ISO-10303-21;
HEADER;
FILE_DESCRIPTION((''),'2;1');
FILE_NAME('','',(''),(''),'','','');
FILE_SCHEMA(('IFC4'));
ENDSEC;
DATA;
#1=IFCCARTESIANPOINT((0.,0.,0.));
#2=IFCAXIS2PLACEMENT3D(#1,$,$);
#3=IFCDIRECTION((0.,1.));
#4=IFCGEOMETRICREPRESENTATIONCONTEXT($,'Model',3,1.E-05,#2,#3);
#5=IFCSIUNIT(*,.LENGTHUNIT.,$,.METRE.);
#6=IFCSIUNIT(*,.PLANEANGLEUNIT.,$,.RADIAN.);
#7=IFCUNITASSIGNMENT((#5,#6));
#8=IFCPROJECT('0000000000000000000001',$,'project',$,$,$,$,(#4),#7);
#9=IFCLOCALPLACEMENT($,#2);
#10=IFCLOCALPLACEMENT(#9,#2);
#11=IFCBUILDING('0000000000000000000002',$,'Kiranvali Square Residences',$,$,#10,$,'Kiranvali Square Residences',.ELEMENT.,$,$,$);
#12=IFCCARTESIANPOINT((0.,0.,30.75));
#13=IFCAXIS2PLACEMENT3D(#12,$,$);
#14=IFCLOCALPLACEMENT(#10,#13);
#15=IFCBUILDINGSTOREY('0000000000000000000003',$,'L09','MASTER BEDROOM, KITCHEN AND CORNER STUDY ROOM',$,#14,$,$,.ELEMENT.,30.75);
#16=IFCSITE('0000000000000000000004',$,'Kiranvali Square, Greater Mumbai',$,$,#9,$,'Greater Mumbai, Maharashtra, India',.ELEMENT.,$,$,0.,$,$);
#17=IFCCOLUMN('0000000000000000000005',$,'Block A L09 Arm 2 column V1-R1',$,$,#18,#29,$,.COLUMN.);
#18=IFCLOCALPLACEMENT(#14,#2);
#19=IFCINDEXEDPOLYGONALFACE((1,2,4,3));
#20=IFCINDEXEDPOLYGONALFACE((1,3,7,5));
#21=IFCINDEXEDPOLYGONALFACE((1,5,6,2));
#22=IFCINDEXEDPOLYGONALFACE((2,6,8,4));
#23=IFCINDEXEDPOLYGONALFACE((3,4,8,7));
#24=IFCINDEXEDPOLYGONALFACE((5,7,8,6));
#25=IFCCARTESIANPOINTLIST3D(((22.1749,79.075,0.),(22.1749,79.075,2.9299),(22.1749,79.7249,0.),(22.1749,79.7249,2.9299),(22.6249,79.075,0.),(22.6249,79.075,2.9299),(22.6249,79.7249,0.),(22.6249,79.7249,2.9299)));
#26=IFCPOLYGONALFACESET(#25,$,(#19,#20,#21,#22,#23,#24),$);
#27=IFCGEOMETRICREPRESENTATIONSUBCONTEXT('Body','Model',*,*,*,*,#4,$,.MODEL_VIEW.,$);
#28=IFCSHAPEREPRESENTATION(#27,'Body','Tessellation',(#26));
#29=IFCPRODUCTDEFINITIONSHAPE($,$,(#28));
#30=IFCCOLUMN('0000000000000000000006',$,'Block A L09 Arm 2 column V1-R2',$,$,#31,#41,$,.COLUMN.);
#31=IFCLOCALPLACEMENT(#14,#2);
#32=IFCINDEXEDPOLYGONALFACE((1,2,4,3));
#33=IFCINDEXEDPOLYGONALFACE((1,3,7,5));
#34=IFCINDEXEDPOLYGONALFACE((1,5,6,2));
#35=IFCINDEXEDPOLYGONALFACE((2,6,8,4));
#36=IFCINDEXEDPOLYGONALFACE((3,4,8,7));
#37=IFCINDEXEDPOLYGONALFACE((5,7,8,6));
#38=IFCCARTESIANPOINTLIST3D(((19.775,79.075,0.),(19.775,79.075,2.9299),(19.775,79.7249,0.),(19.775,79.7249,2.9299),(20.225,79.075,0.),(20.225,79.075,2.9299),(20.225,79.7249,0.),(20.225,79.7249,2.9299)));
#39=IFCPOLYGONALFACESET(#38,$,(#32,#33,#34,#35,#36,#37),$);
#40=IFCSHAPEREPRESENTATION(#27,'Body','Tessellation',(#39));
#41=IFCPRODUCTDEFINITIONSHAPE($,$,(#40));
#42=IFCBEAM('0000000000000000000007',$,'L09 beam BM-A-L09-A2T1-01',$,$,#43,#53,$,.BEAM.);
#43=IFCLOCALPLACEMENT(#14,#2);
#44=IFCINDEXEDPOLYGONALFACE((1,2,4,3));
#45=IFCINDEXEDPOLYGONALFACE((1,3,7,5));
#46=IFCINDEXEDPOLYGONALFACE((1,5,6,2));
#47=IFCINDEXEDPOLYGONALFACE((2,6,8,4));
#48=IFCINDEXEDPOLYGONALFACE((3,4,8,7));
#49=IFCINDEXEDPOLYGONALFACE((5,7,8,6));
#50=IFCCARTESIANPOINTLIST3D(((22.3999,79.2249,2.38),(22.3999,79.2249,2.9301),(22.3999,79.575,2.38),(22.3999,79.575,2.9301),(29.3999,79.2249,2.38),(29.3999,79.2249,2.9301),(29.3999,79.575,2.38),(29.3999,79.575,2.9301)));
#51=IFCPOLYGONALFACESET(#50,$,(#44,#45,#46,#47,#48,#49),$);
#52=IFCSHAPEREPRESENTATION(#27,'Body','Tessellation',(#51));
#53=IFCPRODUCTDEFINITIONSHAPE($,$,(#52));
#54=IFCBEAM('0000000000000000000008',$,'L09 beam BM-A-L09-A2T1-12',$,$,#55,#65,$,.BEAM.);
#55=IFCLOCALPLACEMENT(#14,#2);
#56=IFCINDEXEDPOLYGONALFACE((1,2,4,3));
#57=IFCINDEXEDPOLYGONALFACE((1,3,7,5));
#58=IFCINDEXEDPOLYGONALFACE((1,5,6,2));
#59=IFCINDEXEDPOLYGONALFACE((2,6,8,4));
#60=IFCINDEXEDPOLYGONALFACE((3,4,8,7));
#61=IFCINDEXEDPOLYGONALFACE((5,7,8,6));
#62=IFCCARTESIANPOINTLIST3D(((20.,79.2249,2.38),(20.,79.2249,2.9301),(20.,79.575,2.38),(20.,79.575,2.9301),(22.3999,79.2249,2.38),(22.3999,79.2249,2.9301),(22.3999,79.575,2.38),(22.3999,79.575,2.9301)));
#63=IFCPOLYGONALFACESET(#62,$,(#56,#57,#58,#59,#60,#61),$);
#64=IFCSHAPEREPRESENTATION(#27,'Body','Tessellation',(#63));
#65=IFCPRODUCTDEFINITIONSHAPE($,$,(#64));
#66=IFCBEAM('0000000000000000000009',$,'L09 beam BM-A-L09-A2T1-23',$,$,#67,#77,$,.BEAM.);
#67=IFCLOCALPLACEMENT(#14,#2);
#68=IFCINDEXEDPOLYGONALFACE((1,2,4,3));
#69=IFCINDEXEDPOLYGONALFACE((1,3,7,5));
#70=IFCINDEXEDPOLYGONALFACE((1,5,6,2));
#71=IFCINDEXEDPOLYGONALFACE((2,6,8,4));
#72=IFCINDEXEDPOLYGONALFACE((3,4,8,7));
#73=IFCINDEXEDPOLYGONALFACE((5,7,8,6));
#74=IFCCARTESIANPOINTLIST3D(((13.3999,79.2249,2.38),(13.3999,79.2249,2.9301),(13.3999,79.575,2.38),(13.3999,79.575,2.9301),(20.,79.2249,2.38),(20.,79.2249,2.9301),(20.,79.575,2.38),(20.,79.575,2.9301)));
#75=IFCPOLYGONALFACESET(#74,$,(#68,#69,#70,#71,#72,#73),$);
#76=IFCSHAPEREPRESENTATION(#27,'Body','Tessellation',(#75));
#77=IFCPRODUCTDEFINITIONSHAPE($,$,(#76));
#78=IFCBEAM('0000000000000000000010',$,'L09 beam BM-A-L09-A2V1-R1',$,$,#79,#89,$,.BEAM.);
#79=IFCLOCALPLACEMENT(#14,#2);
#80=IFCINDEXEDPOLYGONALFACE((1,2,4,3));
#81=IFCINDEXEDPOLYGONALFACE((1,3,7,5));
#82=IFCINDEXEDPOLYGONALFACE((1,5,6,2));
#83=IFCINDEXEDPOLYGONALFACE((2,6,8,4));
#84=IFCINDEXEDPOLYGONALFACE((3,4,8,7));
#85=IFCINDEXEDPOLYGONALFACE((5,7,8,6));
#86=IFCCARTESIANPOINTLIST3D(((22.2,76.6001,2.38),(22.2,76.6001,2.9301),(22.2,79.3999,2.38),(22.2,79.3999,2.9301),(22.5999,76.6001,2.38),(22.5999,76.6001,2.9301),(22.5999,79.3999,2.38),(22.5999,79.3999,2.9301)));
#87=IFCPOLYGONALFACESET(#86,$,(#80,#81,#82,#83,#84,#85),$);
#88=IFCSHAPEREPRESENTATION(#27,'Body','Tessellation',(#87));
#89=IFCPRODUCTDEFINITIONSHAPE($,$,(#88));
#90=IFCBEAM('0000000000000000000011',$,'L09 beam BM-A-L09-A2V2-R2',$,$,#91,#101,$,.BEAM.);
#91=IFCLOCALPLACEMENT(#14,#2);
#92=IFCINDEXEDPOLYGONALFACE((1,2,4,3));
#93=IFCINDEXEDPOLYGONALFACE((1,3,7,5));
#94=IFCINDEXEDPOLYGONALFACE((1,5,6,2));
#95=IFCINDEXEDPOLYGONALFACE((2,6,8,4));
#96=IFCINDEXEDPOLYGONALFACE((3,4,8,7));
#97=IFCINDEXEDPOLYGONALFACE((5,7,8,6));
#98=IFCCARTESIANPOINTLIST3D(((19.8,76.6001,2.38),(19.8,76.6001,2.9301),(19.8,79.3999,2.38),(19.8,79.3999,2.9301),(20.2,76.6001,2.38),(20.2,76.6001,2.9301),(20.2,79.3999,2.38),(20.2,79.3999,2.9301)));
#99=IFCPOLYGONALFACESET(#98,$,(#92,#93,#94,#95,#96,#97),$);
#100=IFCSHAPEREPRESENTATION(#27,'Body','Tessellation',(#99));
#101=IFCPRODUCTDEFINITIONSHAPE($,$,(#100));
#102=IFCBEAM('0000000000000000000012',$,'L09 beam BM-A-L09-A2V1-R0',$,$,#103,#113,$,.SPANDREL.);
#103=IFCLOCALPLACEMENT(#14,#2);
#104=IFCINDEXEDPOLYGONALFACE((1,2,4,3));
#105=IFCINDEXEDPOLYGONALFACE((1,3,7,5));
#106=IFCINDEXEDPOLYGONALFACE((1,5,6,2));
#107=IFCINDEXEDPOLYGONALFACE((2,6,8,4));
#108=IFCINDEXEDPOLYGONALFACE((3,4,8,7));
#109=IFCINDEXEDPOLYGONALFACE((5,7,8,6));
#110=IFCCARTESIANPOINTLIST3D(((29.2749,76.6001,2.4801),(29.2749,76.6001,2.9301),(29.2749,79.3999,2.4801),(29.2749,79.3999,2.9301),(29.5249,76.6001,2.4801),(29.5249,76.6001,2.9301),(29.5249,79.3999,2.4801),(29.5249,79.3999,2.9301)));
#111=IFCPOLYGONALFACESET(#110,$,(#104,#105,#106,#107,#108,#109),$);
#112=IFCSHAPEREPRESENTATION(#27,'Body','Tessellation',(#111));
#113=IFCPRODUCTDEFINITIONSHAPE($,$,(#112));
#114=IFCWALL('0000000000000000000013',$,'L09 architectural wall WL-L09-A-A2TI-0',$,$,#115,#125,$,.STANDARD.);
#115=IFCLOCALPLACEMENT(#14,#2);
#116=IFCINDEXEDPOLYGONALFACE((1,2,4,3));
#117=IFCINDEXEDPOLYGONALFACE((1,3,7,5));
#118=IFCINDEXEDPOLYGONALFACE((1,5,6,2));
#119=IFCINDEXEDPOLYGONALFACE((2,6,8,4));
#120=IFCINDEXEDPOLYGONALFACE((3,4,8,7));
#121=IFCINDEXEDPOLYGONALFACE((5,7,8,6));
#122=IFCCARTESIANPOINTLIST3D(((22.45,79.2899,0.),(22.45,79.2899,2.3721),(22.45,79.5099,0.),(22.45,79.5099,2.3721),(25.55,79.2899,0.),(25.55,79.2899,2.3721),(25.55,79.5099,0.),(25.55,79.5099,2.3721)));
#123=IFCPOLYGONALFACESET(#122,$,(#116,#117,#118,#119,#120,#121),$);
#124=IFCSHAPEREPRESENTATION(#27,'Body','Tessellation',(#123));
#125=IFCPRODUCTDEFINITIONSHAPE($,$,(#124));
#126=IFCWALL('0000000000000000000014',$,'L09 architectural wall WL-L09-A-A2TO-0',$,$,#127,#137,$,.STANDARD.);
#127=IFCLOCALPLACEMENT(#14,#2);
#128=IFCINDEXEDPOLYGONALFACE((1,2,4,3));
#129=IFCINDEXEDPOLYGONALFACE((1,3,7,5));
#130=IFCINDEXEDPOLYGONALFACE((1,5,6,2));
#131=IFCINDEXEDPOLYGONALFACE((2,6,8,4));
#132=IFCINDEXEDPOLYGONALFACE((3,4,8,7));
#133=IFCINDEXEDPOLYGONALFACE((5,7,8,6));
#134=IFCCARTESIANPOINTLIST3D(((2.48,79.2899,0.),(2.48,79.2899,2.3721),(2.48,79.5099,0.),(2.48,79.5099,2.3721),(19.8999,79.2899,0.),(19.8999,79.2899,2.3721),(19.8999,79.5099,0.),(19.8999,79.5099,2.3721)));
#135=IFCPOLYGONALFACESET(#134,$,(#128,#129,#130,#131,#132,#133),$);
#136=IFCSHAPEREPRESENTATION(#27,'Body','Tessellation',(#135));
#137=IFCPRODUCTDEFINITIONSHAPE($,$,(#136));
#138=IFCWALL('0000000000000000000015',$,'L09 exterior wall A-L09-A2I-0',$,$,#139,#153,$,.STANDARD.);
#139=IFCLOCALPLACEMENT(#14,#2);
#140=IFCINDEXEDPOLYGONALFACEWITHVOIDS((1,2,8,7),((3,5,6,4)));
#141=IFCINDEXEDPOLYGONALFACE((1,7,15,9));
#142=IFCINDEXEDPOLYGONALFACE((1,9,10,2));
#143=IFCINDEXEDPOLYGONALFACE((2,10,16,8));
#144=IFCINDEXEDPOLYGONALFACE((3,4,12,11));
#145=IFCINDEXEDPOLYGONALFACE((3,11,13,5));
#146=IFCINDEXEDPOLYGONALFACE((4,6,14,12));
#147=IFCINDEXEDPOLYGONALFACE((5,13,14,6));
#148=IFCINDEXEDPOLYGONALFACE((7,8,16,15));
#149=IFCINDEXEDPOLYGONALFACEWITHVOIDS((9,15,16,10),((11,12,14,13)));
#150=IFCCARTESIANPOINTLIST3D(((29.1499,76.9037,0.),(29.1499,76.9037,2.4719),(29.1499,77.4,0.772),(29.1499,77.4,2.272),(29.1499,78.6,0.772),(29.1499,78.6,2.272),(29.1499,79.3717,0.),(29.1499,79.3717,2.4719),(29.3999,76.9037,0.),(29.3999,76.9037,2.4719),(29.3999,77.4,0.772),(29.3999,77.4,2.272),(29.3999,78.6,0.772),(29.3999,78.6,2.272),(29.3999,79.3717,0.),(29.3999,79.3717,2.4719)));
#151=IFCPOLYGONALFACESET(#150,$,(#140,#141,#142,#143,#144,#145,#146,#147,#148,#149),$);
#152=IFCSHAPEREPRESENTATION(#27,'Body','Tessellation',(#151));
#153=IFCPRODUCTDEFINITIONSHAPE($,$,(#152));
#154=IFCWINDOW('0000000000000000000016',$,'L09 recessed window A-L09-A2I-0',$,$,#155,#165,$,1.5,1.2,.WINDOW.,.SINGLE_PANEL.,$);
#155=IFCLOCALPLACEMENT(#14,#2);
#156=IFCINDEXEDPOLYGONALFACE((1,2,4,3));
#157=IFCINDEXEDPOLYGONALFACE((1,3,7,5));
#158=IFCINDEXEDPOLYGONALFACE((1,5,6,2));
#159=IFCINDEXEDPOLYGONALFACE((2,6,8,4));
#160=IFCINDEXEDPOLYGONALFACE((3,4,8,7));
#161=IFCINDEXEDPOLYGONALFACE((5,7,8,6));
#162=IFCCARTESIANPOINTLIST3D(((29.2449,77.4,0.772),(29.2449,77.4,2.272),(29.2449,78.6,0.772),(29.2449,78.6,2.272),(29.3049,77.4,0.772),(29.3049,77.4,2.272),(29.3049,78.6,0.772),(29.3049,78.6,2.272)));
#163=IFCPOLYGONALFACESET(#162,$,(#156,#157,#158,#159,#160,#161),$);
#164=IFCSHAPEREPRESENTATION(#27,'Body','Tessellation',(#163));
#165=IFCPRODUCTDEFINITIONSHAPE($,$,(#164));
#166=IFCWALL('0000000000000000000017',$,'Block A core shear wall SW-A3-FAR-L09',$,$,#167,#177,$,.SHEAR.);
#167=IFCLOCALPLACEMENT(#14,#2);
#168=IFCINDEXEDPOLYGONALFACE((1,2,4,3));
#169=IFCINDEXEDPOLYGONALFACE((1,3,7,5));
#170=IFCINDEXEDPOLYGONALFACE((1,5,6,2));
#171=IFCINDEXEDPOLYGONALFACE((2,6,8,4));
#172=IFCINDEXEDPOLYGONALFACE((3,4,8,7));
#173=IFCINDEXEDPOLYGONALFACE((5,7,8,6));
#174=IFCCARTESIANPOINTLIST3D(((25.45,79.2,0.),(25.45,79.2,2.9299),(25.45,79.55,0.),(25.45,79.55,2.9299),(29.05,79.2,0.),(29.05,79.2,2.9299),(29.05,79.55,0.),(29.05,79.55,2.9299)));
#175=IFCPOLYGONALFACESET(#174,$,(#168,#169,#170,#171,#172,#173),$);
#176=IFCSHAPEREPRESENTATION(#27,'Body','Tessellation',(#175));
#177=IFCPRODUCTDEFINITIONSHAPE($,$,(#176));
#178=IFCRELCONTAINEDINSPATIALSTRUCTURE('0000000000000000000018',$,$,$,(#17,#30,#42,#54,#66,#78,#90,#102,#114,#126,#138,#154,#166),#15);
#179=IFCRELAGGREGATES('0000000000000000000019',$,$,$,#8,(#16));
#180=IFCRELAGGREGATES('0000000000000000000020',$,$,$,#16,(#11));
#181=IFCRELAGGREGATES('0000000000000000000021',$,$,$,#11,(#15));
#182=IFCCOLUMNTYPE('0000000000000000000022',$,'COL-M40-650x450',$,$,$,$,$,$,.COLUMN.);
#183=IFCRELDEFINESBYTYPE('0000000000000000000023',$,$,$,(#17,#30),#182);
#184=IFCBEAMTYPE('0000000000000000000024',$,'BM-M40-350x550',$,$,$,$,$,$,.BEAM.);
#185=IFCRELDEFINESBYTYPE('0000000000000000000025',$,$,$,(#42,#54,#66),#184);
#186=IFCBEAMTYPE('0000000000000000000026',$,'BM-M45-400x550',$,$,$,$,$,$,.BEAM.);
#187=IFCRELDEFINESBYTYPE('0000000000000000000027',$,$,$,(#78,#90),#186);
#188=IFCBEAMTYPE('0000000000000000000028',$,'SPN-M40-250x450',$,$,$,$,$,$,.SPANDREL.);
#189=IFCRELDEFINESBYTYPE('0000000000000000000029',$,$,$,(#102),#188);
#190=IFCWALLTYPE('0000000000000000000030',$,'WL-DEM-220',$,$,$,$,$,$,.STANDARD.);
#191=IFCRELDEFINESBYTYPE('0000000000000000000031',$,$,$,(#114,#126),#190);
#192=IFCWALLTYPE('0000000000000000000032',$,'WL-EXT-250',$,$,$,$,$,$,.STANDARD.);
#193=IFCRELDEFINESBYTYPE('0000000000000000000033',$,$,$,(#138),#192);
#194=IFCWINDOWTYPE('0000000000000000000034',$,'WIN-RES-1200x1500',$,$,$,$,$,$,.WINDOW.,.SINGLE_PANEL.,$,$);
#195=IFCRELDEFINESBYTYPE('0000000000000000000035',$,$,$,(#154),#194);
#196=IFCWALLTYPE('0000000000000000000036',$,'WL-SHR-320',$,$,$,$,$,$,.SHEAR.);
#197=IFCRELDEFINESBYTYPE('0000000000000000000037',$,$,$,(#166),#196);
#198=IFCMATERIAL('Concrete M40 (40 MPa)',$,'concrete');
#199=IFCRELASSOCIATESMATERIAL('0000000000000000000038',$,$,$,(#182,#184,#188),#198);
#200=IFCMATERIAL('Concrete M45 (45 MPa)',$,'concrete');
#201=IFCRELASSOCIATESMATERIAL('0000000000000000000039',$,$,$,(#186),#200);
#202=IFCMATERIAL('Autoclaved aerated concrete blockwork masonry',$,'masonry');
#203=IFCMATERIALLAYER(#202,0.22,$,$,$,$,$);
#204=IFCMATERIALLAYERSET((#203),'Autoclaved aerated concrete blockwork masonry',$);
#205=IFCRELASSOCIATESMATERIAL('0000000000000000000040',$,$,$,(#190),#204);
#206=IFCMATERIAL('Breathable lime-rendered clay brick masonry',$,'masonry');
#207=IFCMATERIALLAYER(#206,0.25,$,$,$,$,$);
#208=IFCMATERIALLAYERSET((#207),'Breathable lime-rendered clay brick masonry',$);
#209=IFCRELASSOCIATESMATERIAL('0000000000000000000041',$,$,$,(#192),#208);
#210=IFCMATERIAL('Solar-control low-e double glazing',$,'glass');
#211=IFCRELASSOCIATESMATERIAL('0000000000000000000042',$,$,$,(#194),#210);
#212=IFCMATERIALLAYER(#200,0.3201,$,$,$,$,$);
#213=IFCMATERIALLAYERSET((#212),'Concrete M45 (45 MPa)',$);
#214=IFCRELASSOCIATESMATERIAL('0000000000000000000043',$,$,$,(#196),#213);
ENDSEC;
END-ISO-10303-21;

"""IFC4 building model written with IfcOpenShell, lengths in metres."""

from ifc_helpers import new_model, si_unit, direction, frame, frame_2d, origin, origin_2d, place, context, subcontext, project, spatial, rectangle, extrude, material, layer, layer_set, material_profile, profile_set, type_object, element, fill, save


model = new_model("IFC4")

# Units and contexts
model_context = context("Model", 3, precision=1e-05, world=origin(), true_north=direction((0.0, 1.0)))
body_context = subcontext(model_context, "Body", "Model", "MODEL_VIEW")
ifc_project = project(units=[si_unit("LENGTHUNIT", "METRE"), si_unit("PLANEANGLEUNIT", "RADIAN")], contexts=[model_context])

# Site, building, storey
site_placement = place(None, origin())
site = spatial("IfcSite", under=ifc_project, at=site_placement, Name="Kiranvali Square, Greater Mumbai", LongName="Greater Mumbai, Maharashtra, India", CompositionType="ELEMENT", RefElevation=0.0)
building_placement = place(site_placement, origin())
building = spatial("IfcBuilding", under=site, at=building_placement, Name="Kiranvali Square Residences", LongName="Kiranvali Square Residences", CompositionType="ELEMENT")
storey_placement = place(building_placement, frame((0.0, 0.0, 30.75)))
storey = spatial("IfcBuildingStorey", under=building, at=storey_placement, Name="L09", Description="MASTER BEDROOM, KITCHEN AND CORNER STUDY ROOM", CompositionType="ELEMENT", Elevation=30.75)

# Columns
ifc_material_1 = material(Name="Concrete M40 (40 MPa)", Category="concrete")
ifc_material_profile_1 = material_profile(ifc_material_1, rectangle(XDim=0.45, YDim=0.6499, at=origin_2d()), Name="RC 650x450")
ifc_profile_set_1 = profile_set([ifc_material_profile_1], Name="Concrete M40 (40 MPa)")
column_type = type_object("IfcColumnType", Name="COL-M40-650x450", PredefinedType="COLUMN", material=ifc_profile_set_1)
for number, where, z_axis, x_axis, name in (
    (1, (22.3999, 79.3999, 0.0), (0.0, 0.0, 1.0), (1.0, 0.0, 0.0), "Block A L09 Arm 2 column V1-R1"),
    (2, (20.0, 79.3999, 0.0), (0.0, 0.0, 1.0), (1.0, 0.0, 0.0), "Block A L09 Arm 2 column V1-R2"),
):
    element("IfcColumn", number, at=place(storey_placement, frame(where, z_axis=z_axis, x_axis=x_axis)), inside=storey, type_object=column_type, Name=name, PredefinedType="COLUMN", context=body_context, shape_type="SweptSolid", body=[
        extrude(rectangle(XDim=0.45, YDim=0.6499, at=origin_2d()), origin(), (0.0, 0.0, 1.0), 2.9299),
    ])

# Beams
ifc_material_profile_2 = material_profile(ifc_material_1, rectangle(XDim=0.3501, YDim=0.55, at=origin_2d()), Name="RC 350x550")
ifc_profile_set_2 = profile_set([ifc_material_profile_2], Name="Concrete M40 (40 MPa)")
beam_type_1 = type_object("IfcBeamType", Name="BM-M40-350x550", PredefinedType="BEAM", material=ifc_profile_set_2)
beam_1_placement = place(storey_placement, frame((29.3999, 79.3999, 2.655), z_axis=(-1.0, 0.0, 0.0), x_axis=(0.0, -1.0, 0.0)))
element("IfcBeam", 3, at=beam_1_placement, inside=storey, type_object=beam_type_1, Name="L09 beam BM-A-L09-A2T1-01", PredefinedType="BEAM", context=body_context, shape_type="SweptSolid", body=[
    extrude(rectangle(XDim=0.3501, YDim=0.55, at=origin_2d()), origin(), (0.0, 0.0, 1.0), 7.0),
])
beam_2_placement = place(storey_placement, frame((22.3999, 79.3999, 2.655), z_axis=(-1.0, 0.0, 0.0), x_axis=(0.0, -1.0, 0.0)))
element("IfcBeam", 4, at=beam_2_placement, inside=storey, type_object=beam_type_1, Name="L09 beam BM-A-L09-A2T1-12", PredefinedType="BEAM", context=body_context, shape_type="SweptSolid", body=[
    extrude(rectangle(XDim=0.3501, YDim=0.55, at=origin_2d()), origin(), (0.0, 0.0, 1.0), 2.3999),
])
beam_3_placement = place(storey_placement, frame((20.0, 79.3999, 2.655), z_axis=(-1.0, 0.0, 0.0), x_axis=(0.0, -1.0, 0.0)))
element("IfcBeam", 5, at=beam_3_placement, inside=storey, type_object=beam_type_1, Name="L09 beam BM-A-L09-A2T1-23", PredefinedType="BEAM", context=body_context, shape_type="SweptSolid", body=[
    extrude(rectangle(XDim=0.3501, YDim=0.55, at=origin_2d()), origin(), (0.0, 0.0, 1.0), 6.6001),
])
ifc_material_2 = material(Name="Concrete M45 (45 MPa)", Category="concrete")
ifc_material_profile_3 = material_profile(ifc_material_2, rectangle(XDim=0.3999, YDim=0.55, at=origin_2d()), Name="RC 400x550")
ifc_profile_set_3 = profile_set([ifc_material_profile_3], Name="Concrete M45 (45 MPa)")
beam_type_2 = type_object("IfcBeamType", Name="BM-M45-400x550", PredefinedType="BEAM", material=ifc_profile_set_3)
for number, where, z_axis, x_axis, name in (
    (6, (22.3999, 79.3999, 2.655), (0.0, -1.0, 0.0), (1.0, 0.0, 0.0), "L09 beam BM-A-L09-A2V1-R1"),
    (7, (20.0, 79.3999, 2.655), (0.0, -1.0, 0.0), (1.0, 0.0, 0.0), "L09 beam BM-A-L09-A2V2-R2"),
):
    element("IfcBeam", number, at=place(storey_placement, frame(where, z_axis=z_axis, x_axis=x_axis)), inside=storey, type_object=beam_type_2, Name=name, PredefinedType="BEAM", context=body_context, shape_type="SweptSolid", body=[
        extrude(rectangle(XDim=0.3999, YDim=0.55, at=origin_2d()), origin(), (0.0, 0.0, 1.0), 2.7998),
    ])
ifc_material_profile_4 = material_profile(ifc_material_1, rectangle(XDim=0.25, YDim=0.45, at=origin_2d()), Name="RC 250x450")
ifc_profile_set_4 = profile_set([ifc_material_profile_4], Name="Concrete M40 (40 MPa)")
beam_type_3 = type_object("IfcBeamType", Name="SPN-M40-250x450", PredefinedType="SPANDREL", material=ifc_profile_set_4)
beam_4_placement = place(storey_placement, frame((29.3999, 79.3999, 2.7051), z_axis=(0.0, -1.0, 0.0), x_axis=(1.0, 0.0, 0.0)))
element("IfcBeam", 8, at=beam_4_placement, inside=storey, type_object=beam_type_3, Name="L09 beam BM-A-L09-A2V1-R0", PredefinedType="SPANDREL", context=body_context, shape_type="SweptSolid", body=[
    extrude(rectangle(XDim=0.25, YDim=0.45, at=origin_2d()), origin(), (0.0, 0.0, 1.0), 2.7998),
])

# Shared definitions
ifc_material_3 = material(Name="Autoclaved aerated concrete blockwork masonry", Category="masonry")

# Walls
ifc_layer_1 = layer(ifc_material_3, 0.22)
ifc_layer_set_1 = layer_set([ifc_layer_1], Name="Autoclaved aerated concrete blockwork masonry")
wall_type_1 = type_object("IfcWallType", Name="WL-DEM-220", PredefinedType="STANDARD", material=ifc_layer_set_1)
wall_1_placement = place(storey_placement, frame((25.55, 79.3999, 0.0), z_axis=(0.0, 0.0, 1.0), x_axis=(-1.0, 0.0, 0.0)))
element("IfcWall", 9, at=wall_1_placement, inside=storey, type_object=wall_type_1, Name="L09 architectural wall WL-L09-A-A2TI-0", PredefinedType="STANDARD", context=body_context, shape_type="SweptSolid", body=[
    extrude(rectangle(XDim=3.1001, YDim=0.22, at=frame_2d((1.55, 0.0))), origin(), (0.0, 0.0, 1.0), 2.3721),
])
wall_2_placement = place(storey_placement, frame((19.8999, 79.3999, 0.0), z_axis=(0.0, 0.0, 1.0), x_axis=(-1.0, 0.0, 0.0)))
element("IfcWall", 10, at=wall_2_placement, inside=storey, type_object=wall_type_1, Name="L09 architectural wall WL-L09-A-A2TO-0", PredefinedType="STANDARD", context=body_context, shape_type="SweptSolid", body=[
    extrude(rectangle(XDim=17.4199, YDim=0.22, at=frame_2d((8.71, 0.0))), origin(), (0.0, 0.0, 1.0), 2.3721),
])

# Wall, opening, window
ifc_material_4 = material(Name="Breathable lime-rendered clay brick masonry", Category="masonry")
ifc_layer_2 = layer(ifc_material_4, 0.25)
ifc_layer_set_2 = layer_set([ifc_layer_2], Name="Breathable lime-rendered clay brick masonry")
wall_type_2 = type_object("IfcWallType", Name="WL-EXT-250", PredefinedType="STANDARD", material=ifc_layer_set_2)
wall_3_placement = place(storey_placement, frame((29.2749, 79.3716, 0.0), z_axis=(0.0, 0.0, 1.0), x_axis=(0.0, -1.0, 0.0)))
wall_3 = element("IfcWall", 11, at=wall_3_placement, inside=storey, type_object=wall_type_2, Name="L09 exterior wall A-L09-A2I-0", PredefinedType="STANDARD", context=body_context, shape_type="SweptSolid", body=[
    extrude(rectangle(XDim=2.468, YDim=0.25, at=frame_2d((1.2339, 0.0))), origin(), (0.0, 0.0, 1.0), 2.4719),
])
opening_1_placement = place(wall_3_placement, frame((0.7715, 0.0, 0.772)))
opening_1 = element("IfcOpeningElement", 12, at=opening_1_placement, cuts=wall_3, PredefinedType="OPENING", context=body_context, shape_type="SweptSolid", body=[
    extrude(rectangle(XDim=1.2, YDim=1.5, at=frame_2d((0.6001, 0.75))), frame((0.0, 0.135, 0.0), z_axis=(0.0, -1.0, 0.0), x_axis=(1.0, 0.0, 0.0)), (0.0, 0.0, 1.0), 0.27),
])
ifc_material_5 = material(Name="Solar-control low-e double glazing", Category="glass")
window_type = type_object("IfcWindowType", Name="WIN-RES-1200x1500", PartitioningType="SINGLE_PANEL", PredefinedType="WINDOW", material=ifc_material_5)
window_placement = place(opening_1_placement, origin())
window = element("IfcWindow", 13, at=window_placement, inside=storey, type_object=window_type, Name="L09 recessed window A-L09-A2I-0", OverallHeight=1.5, OverallWidth=1.2, PartitioningType="SINGLE_PANEL", PredefinedType="WINDOW", context=body_context, shape_type="SweptSolid", body=[
    extrude(rectangle(XDim=1.2, YDim=1.5, at=frame_2d((0.6001, 0.75))), frame((0.0, 0.03, 0.0), z_axis=(0.0, -1.0, 0.0), x_axis=(1.0, 0.0, 0.0)), (0.0, 0.0, 1.0), 0.0601),
])
fill(opening_1, window)

# Wall
ifc_layer_3 = layer(ifc_material_2, 0.3201)
ifc_layer_set_3 = layer_set([ifc_layer_3], Name="Concrete M45 (45 MPa)")
wall_type_3 = type_object("IfcWallType", Name="WL-SHR-320", PredefinedType="SHEAR", material=ifc_layer_set_3)
wall_4_placement = place(storey_placement, frame((29.05, 79.375, 0.0), z_axis=(0.0, 0.0, 1.0), x_axis=(-1.0, 0.0, 0.0)))
element("IfcWall", 14, at=wall_4_placement, inside=storey, type_object=wall_type_3, Name="Block A core shear wall SW-A3-FAR-L09", PredefinedType="SHEAR", context=body_context, shape_type="SweptSolid", body=[
    extrude(rectangle(XDim=3.6001, YDim=0.3501, at=frame_2d((1.8, 0.0))), origin(), (0.0, 0.0, 1.0), 2.9299),
])

save(model, "model.ifc")
